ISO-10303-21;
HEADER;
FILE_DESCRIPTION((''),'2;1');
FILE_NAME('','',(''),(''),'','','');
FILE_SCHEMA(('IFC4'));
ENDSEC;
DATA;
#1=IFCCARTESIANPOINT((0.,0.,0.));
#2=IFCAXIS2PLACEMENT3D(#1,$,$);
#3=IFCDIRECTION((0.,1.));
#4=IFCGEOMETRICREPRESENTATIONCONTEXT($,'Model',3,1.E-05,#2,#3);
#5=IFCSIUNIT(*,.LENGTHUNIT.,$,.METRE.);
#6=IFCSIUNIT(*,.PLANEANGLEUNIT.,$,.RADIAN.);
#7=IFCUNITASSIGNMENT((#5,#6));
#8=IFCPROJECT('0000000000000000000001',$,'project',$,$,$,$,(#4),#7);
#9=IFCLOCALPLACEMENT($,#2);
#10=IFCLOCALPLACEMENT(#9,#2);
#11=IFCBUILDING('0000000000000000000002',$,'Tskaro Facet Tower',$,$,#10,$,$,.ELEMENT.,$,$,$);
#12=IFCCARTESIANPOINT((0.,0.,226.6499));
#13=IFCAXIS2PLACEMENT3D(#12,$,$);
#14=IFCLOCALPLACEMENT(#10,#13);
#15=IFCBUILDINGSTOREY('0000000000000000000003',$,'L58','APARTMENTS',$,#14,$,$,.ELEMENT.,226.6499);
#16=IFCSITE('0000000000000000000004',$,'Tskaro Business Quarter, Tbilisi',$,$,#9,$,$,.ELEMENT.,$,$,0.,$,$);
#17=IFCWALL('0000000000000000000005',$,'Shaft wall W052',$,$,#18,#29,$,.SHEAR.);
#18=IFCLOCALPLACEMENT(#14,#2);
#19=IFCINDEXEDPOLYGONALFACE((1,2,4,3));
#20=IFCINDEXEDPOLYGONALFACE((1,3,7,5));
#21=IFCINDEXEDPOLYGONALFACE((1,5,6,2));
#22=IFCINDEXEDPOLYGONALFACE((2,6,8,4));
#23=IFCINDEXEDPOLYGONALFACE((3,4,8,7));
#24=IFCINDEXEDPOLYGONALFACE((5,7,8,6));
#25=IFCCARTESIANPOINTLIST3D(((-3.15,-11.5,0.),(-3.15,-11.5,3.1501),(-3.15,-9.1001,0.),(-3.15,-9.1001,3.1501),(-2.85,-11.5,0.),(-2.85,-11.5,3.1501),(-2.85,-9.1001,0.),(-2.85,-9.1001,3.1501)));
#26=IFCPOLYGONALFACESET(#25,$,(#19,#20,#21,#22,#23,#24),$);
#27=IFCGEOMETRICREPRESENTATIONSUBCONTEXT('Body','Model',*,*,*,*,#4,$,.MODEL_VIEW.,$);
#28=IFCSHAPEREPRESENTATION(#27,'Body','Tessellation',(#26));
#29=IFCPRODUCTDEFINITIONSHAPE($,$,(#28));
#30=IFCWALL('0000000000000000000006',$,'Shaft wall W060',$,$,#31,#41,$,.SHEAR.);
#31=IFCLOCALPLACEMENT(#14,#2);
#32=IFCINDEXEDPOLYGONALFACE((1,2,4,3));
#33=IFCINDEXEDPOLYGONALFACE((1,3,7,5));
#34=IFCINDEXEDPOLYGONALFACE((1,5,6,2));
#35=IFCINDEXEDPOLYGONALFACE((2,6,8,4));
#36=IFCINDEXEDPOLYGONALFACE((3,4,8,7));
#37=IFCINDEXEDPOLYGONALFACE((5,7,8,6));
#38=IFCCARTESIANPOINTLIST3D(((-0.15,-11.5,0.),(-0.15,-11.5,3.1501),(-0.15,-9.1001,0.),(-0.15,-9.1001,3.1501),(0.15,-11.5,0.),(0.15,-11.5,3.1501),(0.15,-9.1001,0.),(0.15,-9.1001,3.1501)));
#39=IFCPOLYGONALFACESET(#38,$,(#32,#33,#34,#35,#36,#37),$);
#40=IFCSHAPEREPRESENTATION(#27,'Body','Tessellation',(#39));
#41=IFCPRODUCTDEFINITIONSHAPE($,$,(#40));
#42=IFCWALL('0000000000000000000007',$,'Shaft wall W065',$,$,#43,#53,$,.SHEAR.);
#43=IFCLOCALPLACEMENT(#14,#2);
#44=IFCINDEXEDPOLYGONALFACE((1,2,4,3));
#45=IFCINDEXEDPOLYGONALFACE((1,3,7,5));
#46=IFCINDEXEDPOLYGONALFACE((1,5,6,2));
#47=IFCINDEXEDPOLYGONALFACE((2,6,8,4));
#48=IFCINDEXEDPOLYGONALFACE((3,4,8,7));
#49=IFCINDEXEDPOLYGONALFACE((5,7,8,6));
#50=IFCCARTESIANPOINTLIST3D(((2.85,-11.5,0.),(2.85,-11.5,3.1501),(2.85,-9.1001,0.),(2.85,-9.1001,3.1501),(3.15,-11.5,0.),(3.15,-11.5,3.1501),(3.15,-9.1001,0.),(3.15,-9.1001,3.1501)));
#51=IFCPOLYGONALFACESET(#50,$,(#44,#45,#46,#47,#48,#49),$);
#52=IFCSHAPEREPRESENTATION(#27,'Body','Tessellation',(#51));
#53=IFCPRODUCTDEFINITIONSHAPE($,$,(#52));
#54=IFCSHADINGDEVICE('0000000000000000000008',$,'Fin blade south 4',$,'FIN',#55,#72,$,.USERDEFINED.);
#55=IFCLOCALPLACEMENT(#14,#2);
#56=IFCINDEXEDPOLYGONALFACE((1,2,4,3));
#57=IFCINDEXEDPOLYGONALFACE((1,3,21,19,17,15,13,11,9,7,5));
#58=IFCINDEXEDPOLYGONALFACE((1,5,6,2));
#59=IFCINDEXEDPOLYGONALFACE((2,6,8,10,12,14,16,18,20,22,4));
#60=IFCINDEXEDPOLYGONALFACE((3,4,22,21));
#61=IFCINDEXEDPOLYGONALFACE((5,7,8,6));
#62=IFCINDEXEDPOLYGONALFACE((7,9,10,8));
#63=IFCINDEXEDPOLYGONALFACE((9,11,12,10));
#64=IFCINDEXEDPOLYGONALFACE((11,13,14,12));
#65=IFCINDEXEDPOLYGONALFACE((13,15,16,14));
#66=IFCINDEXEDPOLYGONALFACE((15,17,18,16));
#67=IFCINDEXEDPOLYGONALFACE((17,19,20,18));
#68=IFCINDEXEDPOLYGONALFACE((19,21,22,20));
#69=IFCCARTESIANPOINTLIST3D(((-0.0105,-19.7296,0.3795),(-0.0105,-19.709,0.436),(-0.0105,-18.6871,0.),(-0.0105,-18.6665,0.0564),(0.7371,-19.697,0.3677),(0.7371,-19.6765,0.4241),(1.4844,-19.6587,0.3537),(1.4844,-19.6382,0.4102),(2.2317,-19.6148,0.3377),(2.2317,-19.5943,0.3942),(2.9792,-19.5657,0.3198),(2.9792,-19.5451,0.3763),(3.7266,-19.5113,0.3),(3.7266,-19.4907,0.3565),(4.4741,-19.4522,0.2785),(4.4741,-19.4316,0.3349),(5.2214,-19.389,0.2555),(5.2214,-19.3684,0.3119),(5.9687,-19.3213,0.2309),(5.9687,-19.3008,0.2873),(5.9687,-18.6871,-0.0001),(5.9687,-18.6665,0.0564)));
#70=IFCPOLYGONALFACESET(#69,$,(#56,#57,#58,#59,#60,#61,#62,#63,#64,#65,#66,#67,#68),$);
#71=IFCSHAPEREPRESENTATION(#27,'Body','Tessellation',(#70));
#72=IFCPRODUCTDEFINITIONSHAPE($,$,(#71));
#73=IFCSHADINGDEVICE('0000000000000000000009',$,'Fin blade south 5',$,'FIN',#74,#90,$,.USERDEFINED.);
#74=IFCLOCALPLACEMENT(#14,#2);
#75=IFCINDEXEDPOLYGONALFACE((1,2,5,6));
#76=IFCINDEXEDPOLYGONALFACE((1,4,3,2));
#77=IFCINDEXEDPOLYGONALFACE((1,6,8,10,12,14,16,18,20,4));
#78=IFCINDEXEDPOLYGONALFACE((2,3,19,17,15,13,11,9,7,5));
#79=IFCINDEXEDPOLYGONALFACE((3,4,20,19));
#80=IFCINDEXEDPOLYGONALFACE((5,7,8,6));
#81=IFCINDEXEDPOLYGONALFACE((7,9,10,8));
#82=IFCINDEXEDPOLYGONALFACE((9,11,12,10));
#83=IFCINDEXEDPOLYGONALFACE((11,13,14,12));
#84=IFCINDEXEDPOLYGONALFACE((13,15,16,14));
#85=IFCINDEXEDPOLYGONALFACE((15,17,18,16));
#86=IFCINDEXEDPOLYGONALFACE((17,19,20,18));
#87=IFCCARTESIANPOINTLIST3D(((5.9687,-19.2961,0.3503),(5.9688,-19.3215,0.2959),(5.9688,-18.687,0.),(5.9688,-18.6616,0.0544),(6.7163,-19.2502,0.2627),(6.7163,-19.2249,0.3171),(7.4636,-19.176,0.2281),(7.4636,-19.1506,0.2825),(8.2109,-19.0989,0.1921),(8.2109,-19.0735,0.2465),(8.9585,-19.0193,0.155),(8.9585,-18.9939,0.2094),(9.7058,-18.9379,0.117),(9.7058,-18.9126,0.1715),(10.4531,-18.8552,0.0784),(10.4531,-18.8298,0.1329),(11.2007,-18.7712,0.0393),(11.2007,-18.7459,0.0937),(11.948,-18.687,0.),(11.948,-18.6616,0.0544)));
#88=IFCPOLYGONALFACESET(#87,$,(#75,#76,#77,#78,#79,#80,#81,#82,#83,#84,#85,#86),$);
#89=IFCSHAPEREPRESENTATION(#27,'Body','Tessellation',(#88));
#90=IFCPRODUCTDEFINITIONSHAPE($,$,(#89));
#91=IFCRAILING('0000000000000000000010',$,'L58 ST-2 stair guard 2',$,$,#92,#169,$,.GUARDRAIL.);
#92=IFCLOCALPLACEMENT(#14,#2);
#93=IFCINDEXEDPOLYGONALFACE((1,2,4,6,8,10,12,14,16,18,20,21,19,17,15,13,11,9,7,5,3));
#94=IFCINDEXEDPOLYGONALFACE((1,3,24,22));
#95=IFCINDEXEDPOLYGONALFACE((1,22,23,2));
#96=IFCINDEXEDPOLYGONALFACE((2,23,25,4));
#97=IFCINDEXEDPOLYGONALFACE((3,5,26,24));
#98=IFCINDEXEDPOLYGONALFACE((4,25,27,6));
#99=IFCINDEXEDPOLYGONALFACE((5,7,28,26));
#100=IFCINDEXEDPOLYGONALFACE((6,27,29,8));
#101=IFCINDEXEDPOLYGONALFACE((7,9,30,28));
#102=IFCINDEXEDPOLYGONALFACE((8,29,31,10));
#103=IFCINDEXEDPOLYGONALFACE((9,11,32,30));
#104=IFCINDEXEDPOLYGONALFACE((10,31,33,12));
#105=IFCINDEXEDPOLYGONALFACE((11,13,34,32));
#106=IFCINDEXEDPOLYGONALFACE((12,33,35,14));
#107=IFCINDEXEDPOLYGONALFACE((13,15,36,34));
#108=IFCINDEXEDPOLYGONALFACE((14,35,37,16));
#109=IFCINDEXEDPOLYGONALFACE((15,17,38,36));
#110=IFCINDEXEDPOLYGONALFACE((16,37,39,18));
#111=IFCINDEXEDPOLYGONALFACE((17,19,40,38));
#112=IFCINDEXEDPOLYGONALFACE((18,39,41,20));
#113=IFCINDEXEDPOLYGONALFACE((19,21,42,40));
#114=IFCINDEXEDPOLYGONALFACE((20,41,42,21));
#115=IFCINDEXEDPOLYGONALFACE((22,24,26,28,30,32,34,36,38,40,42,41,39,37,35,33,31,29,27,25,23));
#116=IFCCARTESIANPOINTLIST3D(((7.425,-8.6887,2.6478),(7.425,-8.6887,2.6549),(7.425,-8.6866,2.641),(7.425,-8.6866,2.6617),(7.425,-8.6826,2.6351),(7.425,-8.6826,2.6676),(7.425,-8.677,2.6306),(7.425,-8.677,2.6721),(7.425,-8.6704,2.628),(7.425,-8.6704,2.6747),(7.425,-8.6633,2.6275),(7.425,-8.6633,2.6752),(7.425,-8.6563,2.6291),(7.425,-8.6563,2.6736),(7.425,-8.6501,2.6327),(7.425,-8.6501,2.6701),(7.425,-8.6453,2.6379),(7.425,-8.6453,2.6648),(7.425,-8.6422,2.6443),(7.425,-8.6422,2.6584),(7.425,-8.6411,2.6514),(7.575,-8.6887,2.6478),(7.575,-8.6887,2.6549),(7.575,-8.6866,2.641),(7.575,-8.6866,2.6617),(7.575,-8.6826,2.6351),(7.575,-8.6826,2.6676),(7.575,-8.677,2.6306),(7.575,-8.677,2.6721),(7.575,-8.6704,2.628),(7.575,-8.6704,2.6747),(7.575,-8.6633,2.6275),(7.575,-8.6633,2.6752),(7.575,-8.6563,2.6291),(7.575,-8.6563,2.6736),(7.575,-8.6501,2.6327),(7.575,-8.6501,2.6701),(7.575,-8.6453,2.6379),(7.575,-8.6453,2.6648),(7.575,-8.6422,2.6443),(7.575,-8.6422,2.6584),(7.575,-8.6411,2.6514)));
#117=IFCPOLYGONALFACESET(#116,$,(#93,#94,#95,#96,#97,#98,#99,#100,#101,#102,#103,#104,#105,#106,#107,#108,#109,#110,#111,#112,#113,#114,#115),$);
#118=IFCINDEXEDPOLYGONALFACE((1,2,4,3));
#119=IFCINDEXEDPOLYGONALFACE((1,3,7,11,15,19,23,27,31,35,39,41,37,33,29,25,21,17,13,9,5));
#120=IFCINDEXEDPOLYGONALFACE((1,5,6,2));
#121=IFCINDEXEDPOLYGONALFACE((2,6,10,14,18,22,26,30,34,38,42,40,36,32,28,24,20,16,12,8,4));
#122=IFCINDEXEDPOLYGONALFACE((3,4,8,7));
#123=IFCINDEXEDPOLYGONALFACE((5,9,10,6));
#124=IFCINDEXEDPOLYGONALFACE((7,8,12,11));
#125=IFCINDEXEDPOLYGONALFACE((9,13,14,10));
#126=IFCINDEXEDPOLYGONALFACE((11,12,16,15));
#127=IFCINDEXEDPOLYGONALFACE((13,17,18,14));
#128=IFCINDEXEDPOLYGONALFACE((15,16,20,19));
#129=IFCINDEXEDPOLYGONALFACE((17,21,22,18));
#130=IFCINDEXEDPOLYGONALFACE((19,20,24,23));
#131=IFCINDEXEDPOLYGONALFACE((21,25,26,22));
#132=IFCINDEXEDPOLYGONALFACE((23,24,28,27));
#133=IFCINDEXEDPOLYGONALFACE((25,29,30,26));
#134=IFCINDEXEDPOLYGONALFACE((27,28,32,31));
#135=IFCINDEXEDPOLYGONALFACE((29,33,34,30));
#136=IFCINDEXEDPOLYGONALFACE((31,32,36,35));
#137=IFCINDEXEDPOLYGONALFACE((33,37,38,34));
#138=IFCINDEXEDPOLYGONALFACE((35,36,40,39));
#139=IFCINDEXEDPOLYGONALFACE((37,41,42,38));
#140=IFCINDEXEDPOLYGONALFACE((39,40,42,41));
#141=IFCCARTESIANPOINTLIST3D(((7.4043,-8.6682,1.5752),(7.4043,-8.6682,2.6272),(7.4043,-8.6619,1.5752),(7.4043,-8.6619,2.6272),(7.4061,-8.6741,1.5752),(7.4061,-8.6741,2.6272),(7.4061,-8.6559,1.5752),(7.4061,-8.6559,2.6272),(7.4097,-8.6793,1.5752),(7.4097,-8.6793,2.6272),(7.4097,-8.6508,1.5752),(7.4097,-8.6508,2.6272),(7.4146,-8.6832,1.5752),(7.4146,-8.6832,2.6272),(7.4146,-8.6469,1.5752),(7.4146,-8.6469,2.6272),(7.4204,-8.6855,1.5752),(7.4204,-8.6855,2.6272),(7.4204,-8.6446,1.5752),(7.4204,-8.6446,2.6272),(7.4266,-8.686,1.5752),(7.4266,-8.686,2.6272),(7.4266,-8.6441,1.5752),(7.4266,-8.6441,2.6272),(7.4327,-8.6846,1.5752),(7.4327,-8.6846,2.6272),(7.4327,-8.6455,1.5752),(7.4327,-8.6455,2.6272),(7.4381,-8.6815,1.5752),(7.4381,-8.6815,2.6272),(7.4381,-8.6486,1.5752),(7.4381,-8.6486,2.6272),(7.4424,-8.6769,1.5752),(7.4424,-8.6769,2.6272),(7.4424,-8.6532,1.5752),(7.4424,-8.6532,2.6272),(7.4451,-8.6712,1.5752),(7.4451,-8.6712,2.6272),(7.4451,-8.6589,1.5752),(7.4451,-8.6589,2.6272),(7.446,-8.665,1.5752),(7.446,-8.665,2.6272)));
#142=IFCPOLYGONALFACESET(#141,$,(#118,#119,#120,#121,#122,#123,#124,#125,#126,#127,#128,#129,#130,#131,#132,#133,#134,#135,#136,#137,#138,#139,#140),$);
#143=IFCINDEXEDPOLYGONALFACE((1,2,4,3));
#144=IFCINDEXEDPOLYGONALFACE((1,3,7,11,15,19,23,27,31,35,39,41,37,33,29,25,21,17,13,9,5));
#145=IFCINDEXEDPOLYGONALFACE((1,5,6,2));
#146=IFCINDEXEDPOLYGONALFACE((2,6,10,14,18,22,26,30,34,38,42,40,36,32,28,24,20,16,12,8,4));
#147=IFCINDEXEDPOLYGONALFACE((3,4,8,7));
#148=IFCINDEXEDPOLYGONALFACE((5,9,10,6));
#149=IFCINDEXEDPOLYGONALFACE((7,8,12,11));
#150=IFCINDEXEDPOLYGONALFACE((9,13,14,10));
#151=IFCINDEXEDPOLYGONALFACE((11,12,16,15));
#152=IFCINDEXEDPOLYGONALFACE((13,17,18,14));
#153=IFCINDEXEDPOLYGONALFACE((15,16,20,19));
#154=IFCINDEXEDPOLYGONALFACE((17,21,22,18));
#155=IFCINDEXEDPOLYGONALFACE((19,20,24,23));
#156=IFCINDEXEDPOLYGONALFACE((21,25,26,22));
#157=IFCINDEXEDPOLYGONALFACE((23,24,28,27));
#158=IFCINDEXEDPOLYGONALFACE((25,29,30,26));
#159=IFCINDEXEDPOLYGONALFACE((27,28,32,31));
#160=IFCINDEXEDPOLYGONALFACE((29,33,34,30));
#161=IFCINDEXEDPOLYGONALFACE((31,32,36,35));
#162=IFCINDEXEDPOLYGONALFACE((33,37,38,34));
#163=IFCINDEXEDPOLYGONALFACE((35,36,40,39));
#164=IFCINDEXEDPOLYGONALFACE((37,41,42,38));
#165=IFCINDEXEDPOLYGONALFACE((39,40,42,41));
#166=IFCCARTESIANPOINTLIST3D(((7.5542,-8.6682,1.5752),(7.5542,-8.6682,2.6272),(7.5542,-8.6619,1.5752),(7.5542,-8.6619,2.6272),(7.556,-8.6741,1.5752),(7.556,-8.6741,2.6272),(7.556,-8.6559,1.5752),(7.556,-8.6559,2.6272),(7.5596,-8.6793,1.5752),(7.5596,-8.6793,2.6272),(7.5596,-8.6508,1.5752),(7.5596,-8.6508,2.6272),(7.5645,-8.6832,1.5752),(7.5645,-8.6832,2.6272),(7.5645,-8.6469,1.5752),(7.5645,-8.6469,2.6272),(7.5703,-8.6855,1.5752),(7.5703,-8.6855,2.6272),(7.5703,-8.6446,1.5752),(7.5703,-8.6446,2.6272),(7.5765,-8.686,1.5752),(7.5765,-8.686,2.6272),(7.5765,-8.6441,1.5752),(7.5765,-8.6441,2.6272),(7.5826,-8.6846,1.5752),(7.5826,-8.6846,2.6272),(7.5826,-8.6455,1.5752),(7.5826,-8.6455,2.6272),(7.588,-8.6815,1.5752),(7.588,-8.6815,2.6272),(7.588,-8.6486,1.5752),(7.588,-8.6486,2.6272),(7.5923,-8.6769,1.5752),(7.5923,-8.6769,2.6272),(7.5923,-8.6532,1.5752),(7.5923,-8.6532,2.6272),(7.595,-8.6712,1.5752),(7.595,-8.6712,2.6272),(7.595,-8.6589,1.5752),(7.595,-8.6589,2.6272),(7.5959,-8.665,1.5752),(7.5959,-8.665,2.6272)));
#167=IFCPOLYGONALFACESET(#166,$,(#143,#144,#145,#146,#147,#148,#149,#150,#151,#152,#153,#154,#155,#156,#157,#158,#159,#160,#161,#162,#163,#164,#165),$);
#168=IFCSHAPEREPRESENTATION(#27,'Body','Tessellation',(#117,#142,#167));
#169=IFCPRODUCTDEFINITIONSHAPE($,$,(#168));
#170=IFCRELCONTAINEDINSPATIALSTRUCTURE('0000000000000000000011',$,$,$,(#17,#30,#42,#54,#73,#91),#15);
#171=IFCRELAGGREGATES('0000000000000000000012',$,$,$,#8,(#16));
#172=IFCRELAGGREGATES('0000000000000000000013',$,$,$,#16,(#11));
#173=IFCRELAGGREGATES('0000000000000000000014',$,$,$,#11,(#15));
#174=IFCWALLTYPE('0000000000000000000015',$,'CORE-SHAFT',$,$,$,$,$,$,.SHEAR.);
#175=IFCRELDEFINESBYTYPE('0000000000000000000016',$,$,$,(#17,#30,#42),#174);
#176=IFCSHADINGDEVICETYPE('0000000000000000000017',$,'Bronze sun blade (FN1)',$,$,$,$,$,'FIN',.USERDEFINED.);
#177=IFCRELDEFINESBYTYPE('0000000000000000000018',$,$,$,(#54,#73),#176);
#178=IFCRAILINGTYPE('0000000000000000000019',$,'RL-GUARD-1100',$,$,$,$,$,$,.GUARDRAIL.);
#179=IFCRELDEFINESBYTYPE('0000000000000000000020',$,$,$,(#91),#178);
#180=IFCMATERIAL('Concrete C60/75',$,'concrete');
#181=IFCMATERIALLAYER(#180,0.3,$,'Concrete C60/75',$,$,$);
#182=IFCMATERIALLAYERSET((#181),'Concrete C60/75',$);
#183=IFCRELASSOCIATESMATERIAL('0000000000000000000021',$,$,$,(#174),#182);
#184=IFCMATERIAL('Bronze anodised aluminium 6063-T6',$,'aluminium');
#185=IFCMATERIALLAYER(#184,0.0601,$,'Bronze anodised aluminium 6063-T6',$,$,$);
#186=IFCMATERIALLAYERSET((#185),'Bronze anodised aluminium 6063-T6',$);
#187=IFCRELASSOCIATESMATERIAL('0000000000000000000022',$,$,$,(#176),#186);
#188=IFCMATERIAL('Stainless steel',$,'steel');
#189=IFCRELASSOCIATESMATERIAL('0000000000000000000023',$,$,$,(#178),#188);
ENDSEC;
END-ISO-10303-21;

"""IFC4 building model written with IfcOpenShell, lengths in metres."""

from ifc_helpers import new_model, si_unit, direction, frame, frame_2d, origin, origin_2d, place, context, subcontext, project, spatial, polyline, rectangle, circle, outline, extrude, material, layer, layer_set, type_object, element, save


model = new_model("IFC4")

# Units and contexts
model_context = context("Model", 3, precision=1e-05, world=origin(), true_north=direction((0.0, 1.0)))
body_context = subcontext(model_context, "Body", "Model", "MODEL_VIEW")
ifc_project = project(units=[si_unit("LENGTHUNIT", "METRE"), si_unit("PLANEANGLEUNIT", "RADIAN")], contexts=[model_context])

# Site, building, storey
site_placement = place(None, origin())
site = spatial("IfcSite", under=ifc_project, at=site_placement, Name="Tskaro Business Quarter, Tbilisi", CompositionType="ELEMENT", RefElevation=0.0)
building_placement = place(site_placement, origin())
building = spatial("IfcBuilding", under=site, at=building_placement, Name="Tskaro Facet Tower", CompositionType="ELEMENT")
storey_placement = place(building_placement, frame((0.0, 0.0, 226.6499)))
storey = spatial("IfcBuildingStorey", under=building, at=storey_placement, Name="L58", Description="APARTMENTS", CompositionType="ELEMENT", Elevation=226.6499)

# Shared definitions
ifc_material_1 = material(Name="Bronze anodised aluminium 6063-T6", Category="aluminium")

# Walls
ifc_material_2 = material(Name="Concrete C60/75", Category="concrete")
ifc_layer_1 = layer(ifc_material_2, 0.3, Name="Concrete C60/75")
ifc_layer_set_1 = layer_set([ifc_layer_1], Name="Concrete C60/75")
wall_type = type_object("IfcWallType", Name="CORE-SHAFT", PredefinedType="SHEAR", material=ifc_layer_set_1)
for number, where, z_axis, x_axis, name in (
    (1, (-3.0, -11.5, 0.0), (0.0, 0.0, 1.0), (0.0, 1.0, 0.0), "Shaft wall W052"),
    (2, (0.0, -11.5, 0.0), (0.0, 0.0, 1.0), (0.0, 1.0, 0.0), "Shaft wall W060"),
    (3, (3.0, -11.5, 0.0), (0.0, 0.0, 1.0), (0.0, 1.0, 0.0), "Shaft wall W065"),
):
    element("IfcWall", number, at=place(storey_placement, frame(where, z_axis=z_axis, x_axis=x_axis)), inside=storey, type_object=wall_type, Name=name, PredefinedType="SHEAR", context=body_context, shape_type="SweptSolid", body=[
        extrude(rectangle(XDim=2.3999, YDim=0.3, at=frame_2d((1.2, 0.0))), origin(), (0.0, 0.0, 1.0), 3.1501),
    ])

# Shading devices
ifc_layer_2 = layer(ifc_material_1, 0.0601, Name="Bronze anodised aluminium 6063-T6")
ifc_layer_set_2 = layer_set([ifc_layer_2], Name="Bronze anodised aluminium 6063-T6")
shading_device_type = type_object("IfcShadingDeviceType", Name="Bronze sun blade (FN1)", ElementType="FIN", PredefinedType="USERDEFINED", material=ifc_layer_set_2)
shading_device_1_placement = place(storey_placement, frame((-0.0105, -18.6665, 0.0564), z_axis=(0.000006, 0.34212, 0.939656), x_axis=(1.0, -0.000002, -0.000006)))
element("IfcShadingDevice", 4, at=shading_device_1_placement, inside=storey, type_object=shading_device_type, Name="Fin blade south 4", ObjectType="FIN", PredefinedType="USERDEFINED", context=body_context, shape_type="SweptSolid", body=[
    extrude(outline(polyline([(0.0, 0.0), (5.9792, 0.0), (5.9792, -0.675), (5.2319, -0.747), (4.4846, -0.8143), (3.7371, -0.8771), (2.9897, -0.9351), (2.2422, -0.9874), (1.4949, -1.0341), (0.7476, -1.0749), (0.0, -1.1095), (0.0, 0.0)])), origin(), (0.0, 0.0, -1.0), 0.0601),
])
shading_device_2_placement = place(storey_placement, frame((5.9688, -18.6616, 0.0544), z_axis=(-0.000001, 0.422647, 0.906294), x_axis=(1.0, 0.0, 0.000001)))
element("IfcShadingDevice", 5, at=shading_device_2_placement, inside=storey, type_object=shading_device_type, Name="Fin blade south 5", ObjectType="FIN", PredefinedType="USERDEFINED", context=body_context, shape_type="SweptSolid", body=[
    extrude(outline(polyline([(0.0, 0.0), (5.9792, 0.0), (5.2319, -0.0929), (4.4844, -0.1856), (3.7371, -0.2769), (2.9897, -0.3667), (2.2422, -0.4545), (1.4949, -0.5396), (0.7476, -0.6215), (0.0, -0.7001), (0.0, 0.0)])), origin(), (0.0, 0.0, -1.0), 0.0601),
])

# Railing
ifc_material_3 = material(Name="Stainless steel", Category="steel")
railing_type = type_object("IfcRailingType", Name="RL-GUARD-1100", PredefinedType="GUARDRAIL", material=ifc_material_3)
railing_placement = place(storey_placement, frame((7.425, -8.665, 1.5752)))
element("IfcRailing", 6, at=railing_placement, inside=storey, type_object=railing_type, Name="L58 ST-2 stair guard 2", PredefinedType="GUARDRAIL", context=body_context, shape_type="SweptSolid", body=[
    extrude(circle(Radius=0.0239, at=origin_2d()), frame((0.0, 0.0, 1.0762), z_axis=(1.0, 0.0, 0.0), x_axis=(0.0, 1.0, 0.0)), (0.0, 0.0, 1.0), 0.1499),
    extrude(circle(Radius=0.021, at=origin_2d()), origin(), (0.0, 0.0, 1.0), 1.052),
    extrude(circle(Radius=0.021, at=origin_2d()), frame((0.1499, 0.0, 0.0)), (0.0, 0.0, 1.0), 1.052),
])

save(model, "model.ifc")
